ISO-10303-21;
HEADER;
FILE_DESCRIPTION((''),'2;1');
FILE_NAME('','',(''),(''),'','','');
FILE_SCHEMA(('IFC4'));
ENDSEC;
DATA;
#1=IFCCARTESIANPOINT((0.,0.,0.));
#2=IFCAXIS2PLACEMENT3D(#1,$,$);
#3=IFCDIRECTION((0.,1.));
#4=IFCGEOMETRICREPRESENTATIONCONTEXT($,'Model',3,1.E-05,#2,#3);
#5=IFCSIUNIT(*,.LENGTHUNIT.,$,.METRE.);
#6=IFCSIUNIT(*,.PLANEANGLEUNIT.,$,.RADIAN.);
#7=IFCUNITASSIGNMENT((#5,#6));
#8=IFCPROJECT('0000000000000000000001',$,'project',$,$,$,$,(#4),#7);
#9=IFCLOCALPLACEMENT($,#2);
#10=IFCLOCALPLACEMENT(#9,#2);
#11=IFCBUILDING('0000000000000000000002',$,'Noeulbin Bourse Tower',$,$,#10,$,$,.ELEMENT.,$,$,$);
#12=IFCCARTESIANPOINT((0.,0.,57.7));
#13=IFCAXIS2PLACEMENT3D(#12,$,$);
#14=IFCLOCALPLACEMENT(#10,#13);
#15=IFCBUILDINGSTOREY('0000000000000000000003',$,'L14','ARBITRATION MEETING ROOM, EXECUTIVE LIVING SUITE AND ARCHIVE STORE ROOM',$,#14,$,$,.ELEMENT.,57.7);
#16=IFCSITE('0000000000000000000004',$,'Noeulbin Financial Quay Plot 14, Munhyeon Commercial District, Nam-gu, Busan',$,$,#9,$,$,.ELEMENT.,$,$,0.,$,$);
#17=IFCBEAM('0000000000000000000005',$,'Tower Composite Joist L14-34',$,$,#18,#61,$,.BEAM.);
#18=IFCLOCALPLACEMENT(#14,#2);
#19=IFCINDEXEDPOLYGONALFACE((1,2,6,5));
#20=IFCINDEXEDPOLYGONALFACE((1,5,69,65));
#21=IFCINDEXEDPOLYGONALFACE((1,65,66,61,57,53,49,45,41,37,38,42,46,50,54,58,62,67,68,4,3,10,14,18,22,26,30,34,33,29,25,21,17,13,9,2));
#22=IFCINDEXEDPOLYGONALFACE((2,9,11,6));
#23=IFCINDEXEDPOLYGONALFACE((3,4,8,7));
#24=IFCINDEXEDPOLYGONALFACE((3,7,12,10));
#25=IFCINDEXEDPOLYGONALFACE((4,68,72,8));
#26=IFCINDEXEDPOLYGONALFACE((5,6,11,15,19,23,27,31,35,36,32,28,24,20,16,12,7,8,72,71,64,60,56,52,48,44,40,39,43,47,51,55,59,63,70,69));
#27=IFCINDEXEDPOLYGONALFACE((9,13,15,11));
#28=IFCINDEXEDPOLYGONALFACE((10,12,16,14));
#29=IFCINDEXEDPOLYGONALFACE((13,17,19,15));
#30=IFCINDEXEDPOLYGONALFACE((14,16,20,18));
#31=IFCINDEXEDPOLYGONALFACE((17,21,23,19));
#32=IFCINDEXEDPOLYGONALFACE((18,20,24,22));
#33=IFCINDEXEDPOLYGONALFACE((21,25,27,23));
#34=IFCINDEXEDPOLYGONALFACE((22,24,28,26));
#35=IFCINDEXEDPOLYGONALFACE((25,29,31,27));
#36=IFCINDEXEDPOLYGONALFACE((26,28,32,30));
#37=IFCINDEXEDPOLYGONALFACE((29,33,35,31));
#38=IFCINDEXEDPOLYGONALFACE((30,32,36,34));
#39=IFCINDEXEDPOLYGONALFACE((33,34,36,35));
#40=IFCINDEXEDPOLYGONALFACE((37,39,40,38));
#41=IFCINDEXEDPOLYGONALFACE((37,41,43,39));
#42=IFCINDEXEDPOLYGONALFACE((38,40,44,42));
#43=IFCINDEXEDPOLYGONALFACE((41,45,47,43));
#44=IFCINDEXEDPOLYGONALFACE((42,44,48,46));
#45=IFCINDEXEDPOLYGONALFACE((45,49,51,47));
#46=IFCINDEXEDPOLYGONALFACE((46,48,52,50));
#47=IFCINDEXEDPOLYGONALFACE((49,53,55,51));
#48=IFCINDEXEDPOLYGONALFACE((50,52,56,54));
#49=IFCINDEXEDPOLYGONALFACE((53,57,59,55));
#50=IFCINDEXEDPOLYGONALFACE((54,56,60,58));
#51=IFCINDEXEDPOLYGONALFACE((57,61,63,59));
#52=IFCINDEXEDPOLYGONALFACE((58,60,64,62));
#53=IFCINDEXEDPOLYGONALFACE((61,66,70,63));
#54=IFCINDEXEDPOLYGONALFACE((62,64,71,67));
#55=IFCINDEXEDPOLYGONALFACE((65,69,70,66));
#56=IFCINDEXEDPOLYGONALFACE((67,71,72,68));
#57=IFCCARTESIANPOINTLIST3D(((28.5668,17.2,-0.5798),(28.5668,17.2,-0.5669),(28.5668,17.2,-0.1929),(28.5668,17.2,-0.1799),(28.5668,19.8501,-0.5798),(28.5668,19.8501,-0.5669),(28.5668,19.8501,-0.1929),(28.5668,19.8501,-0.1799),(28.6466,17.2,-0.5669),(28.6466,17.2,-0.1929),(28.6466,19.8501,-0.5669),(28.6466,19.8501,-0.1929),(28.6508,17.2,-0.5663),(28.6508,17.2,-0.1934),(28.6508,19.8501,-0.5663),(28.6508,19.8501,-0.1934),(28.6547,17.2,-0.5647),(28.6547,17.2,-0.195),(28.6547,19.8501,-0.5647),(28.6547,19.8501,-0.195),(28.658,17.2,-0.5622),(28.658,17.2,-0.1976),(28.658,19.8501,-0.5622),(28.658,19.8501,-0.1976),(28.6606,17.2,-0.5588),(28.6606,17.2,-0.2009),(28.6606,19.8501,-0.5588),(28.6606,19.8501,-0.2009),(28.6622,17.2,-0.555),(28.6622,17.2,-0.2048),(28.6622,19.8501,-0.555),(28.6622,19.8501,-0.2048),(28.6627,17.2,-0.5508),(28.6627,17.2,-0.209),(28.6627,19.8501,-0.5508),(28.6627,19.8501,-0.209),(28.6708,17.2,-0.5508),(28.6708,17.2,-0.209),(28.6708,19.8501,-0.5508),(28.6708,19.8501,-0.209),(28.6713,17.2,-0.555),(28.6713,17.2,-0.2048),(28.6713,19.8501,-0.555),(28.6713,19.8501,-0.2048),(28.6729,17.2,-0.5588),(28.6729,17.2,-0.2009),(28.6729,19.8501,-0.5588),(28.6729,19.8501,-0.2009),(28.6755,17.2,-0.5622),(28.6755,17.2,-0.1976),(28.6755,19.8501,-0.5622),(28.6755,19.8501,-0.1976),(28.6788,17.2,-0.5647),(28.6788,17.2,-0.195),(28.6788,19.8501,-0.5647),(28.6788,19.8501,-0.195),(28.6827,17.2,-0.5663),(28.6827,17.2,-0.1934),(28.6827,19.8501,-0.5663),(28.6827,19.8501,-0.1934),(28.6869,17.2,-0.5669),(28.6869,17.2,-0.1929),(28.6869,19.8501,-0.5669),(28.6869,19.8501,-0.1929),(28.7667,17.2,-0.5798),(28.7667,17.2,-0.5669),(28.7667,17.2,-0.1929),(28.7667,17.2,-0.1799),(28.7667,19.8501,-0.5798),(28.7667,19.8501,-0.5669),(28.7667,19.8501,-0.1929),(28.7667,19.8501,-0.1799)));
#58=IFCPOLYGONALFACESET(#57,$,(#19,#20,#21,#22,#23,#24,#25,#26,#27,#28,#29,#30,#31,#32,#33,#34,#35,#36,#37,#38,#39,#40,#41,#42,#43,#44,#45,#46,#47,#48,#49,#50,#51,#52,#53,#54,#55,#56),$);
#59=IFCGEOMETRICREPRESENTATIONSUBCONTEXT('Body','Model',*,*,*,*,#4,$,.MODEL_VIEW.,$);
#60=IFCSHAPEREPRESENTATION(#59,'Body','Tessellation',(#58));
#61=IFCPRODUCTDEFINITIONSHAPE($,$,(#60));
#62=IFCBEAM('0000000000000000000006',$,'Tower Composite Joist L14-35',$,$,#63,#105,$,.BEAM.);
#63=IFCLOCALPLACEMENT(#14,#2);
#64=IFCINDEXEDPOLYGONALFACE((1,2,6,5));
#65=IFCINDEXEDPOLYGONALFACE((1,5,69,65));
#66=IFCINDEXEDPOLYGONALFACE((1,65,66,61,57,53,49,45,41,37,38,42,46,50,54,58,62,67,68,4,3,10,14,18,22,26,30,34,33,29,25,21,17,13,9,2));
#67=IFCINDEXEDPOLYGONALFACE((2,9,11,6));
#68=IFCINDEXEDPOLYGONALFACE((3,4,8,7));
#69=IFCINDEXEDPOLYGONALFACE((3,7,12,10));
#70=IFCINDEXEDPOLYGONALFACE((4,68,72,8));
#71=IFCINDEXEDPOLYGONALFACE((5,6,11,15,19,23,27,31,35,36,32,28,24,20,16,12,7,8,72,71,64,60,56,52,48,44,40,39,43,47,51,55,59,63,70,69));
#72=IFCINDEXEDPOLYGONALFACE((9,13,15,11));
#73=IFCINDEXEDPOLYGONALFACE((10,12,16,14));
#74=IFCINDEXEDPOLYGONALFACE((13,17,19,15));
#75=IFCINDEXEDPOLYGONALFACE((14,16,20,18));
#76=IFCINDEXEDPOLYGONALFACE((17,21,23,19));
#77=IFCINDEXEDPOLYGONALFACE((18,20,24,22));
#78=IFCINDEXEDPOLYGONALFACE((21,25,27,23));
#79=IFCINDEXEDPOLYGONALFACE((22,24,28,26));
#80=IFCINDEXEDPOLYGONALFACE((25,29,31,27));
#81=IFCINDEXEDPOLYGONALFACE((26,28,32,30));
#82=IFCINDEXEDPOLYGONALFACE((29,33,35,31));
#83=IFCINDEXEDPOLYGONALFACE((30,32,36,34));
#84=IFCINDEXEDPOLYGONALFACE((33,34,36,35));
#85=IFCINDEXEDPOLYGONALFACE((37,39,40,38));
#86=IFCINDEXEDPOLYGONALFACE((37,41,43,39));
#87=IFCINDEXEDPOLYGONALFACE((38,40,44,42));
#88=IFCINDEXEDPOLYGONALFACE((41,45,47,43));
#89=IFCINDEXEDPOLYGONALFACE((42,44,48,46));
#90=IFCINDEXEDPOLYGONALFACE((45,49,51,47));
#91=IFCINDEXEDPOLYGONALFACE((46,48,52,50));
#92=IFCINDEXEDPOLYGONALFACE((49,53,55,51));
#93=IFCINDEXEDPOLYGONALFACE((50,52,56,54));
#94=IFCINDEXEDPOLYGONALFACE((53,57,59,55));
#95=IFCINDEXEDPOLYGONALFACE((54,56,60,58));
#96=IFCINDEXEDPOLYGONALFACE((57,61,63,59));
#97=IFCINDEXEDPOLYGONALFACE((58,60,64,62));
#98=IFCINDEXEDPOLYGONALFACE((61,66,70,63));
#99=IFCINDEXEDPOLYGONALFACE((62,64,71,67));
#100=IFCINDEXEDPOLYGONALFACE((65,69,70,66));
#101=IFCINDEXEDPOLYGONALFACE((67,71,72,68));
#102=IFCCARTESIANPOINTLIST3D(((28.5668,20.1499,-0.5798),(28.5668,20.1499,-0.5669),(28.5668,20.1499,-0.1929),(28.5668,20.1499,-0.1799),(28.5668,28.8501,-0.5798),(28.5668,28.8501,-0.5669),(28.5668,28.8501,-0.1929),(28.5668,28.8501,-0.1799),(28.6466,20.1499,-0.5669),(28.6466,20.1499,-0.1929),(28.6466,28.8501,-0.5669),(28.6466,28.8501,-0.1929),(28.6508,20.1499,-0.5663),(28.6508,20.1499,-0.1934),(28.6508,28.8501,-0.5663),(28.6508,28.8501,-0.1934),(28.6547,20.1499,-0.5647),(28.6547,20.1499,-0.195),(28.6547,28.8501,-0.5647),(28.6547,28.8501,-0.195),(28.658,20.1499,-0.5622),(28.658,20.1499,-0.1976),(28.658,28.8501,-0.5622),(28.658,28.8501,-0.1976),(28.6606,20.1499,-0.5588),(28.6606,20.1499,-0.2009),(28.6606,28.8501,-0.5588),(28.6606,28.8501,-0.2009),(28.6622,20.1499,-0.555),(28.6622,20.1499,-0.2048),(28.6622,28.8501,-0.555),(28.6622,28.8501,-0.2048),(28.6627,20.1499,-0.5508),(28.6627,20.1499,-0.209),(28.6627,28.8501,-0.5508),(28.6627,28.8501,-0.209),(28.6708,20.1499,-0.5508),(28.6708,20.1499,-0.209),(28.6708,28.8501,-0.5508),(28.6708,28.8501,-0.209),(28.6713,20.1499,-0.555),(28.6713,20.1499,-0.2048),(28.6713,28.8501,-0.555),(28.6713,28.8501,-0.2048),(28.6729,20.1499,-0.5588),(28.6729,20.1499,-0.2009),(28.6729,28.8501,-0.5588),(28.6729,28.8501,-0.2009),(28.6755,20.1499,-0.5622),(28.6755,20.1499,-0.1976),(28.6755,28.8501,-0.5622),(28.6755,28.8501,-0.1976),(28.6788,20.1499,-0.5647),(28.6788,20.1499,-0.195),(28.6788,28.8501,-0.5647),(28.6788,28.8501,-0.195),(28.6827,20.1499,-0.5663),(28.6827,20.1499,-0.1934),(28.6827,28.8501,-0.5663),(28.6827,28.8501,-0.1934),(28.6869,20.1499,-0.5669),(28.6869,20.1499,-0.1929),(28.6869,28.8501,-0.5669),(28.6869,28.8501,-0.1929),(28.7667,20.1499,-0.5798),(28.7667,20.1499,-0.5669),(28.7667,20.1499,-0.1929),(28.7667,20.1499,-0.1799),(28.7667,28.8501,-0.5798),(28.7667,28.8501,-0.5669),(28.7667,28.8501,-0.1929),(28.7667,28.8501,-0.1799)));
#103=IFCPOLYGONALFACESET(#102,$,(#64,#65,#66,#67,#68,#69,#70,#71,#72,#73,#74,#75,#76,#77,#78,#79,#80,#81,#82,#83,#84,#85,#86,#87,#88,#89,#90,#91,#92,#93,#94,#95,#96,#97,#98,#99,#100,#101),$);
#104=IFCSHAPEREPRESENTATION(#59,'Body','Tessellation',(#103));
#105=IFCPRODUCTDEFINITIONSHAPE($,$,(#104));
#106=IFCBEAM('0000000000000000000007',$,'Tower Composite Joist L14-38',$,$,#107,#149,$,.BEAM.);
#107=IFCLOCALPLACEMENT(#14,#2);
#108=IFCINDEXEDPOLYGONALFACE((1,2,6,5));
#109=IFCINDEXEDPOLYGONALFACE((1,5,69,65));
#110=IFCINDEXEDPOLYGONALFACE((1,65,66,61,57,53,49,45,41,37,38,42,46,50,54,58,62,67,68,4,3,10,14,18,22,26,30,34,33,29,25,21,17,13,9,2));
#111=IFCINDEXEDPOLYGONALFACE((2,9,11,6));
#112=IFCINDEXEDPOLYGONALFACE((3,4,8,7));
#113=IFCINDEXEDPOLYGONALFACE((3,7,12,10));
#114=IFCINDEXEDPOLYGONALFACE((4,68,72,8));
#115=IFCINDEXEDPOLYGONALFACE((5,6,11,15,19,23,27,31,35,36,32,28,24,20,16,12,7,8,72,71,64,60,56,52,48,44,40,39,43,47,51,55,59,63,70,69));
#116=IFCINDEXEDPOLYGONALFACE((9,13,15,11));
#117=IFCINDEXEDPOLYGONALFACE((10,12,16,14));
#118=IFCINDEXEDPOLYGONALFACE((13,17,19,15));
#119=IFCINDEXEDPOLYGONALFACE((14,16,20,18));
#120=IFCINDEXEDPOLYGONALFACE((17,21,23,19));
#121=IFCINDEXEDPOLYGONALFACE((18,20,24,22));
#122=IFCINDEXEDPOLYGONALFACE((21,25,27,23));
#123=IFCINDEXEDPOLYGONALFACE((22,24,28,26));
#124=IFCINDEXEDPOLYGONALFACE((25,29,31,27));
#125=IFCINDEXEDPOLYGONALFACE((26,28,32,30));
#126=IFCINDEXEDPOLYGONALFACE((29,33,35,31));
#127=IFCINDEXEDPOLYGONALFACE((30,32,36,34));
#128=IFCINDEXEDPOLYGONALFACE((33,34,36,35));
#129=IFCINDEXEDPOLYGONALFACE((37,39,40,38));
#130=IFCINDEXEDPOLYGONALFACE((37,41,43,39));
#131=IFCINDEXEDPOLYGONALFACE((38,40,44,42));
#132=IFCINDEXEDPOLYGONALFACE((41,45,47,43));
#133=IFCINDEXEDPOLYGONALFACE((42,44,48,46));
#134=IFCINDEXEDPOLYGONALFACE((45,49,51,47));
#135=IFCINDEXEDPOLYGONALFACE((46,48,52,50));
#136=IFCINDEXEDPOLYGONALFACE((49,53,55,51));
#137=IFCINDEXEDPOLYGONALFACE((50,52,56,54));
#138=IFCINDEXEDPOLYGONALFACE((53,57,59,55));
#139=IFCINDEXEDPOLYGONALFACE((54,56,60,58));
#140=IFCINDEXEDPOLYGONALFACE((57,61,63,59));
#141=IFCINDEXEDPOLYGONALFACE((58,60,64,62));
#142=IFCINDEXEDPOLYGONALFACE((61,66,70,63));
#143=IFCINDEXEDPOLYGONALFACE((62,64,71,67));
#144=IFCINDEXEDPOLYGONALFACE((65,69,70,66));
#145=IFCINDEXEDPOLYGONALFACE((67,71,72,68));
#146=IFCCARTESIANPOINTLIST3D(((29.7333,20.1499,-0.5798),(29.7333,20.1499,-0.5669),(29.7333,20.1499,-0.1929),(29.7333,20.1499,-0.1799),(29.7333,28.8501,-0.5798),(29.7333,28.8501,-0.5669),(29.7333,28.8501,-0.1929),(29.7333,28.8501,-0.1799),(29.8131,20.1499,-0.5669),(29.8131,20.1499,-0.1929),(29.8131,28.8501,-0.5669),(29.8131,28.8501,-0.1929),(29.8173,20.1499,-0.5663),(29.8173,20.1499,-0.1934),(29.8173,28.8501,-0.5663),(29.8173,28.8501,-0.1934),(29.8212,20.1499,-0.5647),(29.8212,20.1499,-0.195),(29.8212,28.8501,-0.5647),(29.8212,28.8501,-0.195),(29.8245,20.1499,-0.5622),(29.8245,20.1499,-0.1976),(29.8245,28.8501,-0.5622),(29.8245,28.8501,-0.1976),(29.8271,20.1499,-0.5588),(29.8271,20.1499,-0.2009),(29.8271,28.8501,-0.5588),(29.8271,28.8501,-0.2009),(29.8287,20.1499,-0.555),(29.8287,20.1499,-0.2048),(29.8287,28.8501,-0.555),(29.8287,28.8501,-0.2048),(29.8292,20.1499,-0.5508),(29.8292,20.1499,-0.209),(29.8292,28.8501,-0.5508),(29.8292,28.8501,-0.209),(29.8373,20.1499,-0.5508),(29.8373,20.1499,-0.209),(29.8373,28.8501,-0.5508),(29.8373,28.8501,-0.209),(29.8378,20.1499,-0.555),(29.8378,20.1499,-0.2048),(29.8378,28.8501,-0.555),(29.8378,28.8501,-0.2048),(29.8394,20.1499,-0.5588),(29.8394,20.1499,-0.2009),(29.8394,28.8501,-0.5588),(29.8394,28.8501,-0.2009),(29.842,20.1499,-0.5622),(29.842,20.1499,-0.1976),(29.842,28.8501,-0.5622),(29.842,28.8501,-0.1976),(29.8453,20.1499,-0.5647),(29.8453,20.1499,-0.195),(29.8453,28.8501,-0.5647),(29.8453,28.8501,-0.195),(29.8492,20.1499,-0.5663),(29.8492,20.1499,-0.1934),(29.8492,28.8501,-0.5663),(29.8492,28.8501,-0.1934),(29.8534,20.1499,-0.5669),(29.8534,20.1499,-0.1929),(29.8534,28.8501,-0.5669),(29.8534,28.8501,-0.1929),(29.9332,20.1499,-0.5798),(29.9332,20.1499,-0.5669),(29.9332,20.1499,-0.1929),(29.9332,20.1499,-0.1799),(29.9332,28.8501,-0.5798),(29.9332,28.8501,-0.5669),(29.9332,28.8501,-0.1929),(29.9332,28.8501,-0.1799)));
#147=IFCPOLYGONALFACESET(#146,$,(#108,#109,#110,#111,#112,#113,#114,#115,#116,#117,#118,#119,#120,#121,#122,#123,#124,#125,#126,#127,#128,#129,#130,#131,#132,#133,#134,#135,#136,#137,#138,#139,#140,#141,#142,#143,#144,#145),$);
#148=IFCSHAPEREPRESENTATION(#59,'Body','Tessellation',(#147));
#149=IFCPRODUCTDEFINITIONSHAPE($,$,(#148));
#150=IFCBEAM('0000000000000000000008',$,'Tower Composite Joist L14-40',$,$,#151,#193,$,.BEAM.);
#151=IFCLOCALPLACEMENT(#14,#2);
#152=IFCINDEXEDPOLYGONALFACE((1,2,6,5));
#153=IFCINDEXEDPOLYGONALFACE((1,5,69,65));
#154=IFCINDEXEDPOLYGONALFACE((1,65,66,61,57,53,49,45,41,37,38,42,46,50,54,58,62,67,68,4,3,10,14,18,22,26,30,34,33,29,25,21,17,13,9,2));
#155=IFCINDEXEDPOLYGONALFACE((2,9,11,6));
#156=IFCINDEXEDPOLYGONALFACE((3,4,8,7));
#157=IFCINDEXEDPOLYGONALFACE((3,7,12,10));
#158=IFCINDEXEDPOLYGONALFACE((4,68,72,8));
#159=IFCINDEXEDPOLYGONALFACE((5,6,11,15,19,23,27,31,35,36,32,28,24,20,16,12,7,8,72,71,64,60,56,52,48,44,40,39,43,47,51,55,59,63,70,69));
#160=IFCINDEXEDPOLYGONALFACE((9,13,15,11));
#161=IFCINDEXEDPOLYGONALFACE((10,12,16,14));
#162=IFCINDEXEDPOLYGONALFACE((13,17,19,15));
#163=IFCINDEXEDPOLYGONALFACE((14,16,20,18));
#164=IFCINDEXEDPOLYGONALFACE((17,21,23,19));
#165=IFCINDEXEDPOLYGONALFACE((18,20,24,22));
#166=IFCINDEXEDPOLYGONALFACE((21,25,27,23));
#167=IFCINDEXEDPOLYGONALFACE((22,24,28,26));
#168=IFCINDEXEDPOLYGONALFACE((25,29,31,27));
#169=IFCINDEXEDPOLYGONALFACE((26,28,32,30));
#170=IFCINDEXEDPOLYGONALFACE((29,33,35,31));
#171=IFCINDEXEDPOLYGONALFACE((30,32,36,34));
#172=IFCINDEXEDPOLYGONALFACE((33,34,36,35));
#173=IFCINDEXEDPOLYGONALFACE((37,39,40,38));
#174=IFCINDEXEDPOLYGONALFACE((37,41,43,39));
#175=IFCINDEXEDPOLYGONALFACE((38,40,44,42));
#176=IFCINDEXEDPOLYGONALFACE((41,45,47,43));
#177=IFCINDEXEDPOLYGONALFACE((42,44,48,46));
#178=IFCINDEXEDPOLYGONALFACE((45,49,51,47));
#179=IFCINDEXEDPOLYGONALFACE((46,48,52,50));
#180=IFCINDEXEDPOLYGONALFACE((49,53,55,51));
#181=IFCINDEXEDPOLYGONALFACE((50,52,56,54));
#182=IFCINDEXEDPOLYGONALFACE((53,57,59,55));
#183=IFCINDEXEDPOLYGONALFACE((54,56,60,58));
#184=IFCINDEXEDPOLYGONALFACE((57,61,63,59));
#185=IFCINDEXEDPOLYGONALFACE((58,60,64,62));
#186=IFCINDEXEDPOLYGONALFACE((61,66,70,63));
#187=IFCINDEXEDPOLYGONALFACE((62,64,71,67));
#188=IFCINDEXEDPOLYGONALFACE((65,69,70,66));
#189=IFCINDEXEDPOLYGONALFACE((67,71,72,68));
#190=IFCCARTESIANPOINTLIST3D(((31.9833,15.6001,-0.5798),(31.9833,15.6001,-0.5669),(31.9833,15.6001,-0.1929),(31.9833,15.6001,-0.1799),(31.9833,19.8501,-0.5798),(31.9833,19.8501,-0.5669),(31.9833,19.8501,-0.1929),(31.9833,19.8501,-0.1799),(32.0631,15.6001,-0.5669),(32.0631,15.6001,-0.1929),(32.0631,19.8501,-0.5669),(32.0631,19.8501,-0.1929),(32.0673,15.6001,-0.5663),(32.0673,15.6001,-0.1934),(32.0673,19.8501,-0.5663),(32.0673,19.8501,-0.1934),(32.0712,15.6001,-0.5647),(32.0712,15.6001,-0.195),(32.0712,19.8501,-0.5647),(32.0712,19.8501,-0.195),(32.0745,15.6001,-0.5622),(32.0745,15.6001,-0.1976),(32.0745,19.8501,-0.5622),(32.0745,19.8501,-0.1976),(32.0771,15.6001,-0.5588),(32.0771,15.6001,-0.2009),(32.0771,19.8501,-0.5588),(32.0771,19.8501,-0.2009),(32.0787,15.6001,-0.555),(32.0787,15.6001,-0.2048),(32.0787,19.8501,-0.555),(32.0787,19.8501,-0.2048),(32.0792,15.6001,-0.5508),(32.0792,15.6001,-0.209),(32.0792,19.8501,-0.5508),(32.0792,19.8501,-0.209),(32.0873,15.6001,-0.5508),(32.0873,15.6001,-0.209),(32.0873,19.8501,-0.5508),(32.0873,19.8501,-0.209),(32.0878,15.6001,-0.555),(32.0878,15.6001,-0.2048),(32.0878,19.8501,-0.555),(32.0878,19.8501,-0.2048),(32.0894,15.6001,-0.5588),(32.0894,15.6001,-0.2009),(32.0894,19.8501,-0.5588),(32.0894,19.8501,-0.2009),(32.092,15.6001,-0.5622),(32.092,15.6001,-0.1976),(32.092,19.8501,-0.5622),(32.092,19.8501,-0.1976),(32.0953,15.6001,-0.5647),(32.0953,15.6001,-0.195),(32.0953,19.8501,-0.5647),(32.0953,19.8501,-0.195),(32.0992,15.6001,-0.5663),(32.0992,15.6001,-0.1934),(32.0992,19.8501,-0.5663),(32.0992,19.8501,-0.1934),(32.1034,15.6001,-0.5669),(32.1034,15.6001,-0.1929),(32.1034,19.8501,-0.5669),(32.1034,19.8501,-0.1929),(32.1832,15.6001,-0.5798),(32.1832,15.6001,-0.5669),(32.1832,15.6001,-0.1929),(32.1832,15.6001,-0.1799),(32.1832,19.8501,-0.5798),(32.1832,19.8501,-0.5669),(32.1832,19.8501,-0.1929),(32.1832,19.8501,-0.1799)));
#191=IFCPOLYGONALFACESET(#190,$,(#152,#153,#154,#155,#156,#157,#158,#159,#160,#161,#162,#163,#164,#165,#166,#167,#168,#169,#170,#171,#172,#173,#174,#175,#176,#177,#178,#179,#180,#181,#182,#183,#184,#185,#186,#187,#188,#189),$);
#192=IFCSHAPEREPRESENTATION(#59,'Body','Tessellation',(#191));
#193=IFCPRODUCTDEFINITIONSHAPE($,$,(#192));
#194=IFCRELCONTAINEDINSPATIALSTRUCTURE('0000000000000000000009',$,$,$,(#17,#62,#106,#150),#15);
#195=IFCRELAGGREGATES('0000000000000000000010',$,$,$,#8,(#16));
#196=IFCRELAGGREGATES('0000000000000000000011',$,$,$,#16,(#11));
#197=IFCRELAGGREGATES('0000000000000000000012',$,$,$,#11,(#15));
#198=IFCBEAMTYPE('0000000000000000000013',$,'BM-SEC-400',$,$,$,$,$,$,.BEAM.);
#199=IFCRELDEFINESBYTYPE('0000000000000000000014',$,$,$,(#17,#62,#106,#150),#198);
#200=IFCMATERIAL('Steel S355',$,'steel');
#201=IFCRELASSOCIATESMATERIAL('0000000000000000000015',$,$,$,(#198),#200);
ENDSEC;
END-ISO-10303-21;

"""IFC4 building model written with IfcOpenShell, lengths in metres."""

from ifc_helpers import new_model, si_unit, direction, frame, origin, origin_2d, place, context, subcontext, project, spatial, i_section, extrude, material, material_profile, profile_set, type_object, element, save


model = new_model("IFC4")

# Units and contexts
model_context = context("Model", 3, precision=1e-05, world=origin(), true_north=direction((0.0, 1.0)))
body_context = subcontext(model_context, "Body", "Model", "MODEL_VIEW")
ifc_project = project(units=[si_unit("LENGTHUNIT", "METRE"), si_unit("PLANEANGLEUNIT", "RADIAN")], contexts=[model_context])

# Site, building, storey
site_placement = place(None, origin())
site = spatial("IfcSite", under=ifc_project, at=site_placement, Name="Noeulbin Financial Quay Plot 14, Munhyeon Commercial District, Nam-gu, Busan", CompositionType="ELEMENT", RefElevation=0.0)
building_placement = place(site_placement, origin())
building = spatial("IfcBuilding", under=site, at=building_placement, Name="Noeulbin Bourse Tower", CompositionType="ELEMENT")
storey_placement = place(building_placement, frame((0.0, 0.0, 57.7)))
storey = spatial("IfcBuildingStorey", under=building, at=storey_placement, Name="L14", Description="ARBITRATION MEETING ROOM, EXECUTIVE LIVING SUITE AND ARCHIVE STORE ROOM", CompositionType="ELEMENT", Elevation=57.7)

# Beams
ifc_material_1 = material(Name="Steel S355", Category="steel")
ifc_material_profile_1 = material_profile(ifc_material_1, i_section(OverallWidth=0.2, OverallDepth=0.3999, WebThickness=0.0081, FlangeThickness=0.0129, FilletRadius=0.0161, at=origin_2d()), Name="H-400x200x8x13", Category="LoadBearing")
ifc_profile_set_1 = profile_set([ifc_material_profile_1], Name="Steel S355")
beam_type_1 = type_object("IfcBeamType", Name="BM-SEC-400", PredefinedType="BEAM", material=ifc_profile_set_1)
beam_1_placement = place(storey_placement, frame((28.6667, 17.2, -0.3799), z_axis=(0.0, 1.0, 0.0), x_axis=(-1.0, 0.0, 0.0)))
element("IfcBeam", 1, at=beam_1_placement, inside=storey, type_object=beam_type_1, Name="Tower Composite Joist L14-34", PredefinedType="BEAM", context=body_context, shape_type="SweptSolid", body=[
    extrude(i_section(OverallWidth=0.2, OverallDepth=0.3999, WebThickness=0.0081, FlangeThickness=0.0129, FilletRadius=0.0161, at=origin_2d()), origin(), (0.0, 0.0, 1.0), 2.6501),
])
for number, where, z_axis, x_axis, name in (
    (2, (28.6667, 20.1499, -0.3799), (0.0, 1.0, 0.0), (-1.0, 0.0, 0.0), "Tower Composite Joist L14-35"),
    (3, (29.8333, 20.1499, -0.3799), (0.0, 1.0, 0.0), (-1.0, 0.0, 0.0), "Tower Composite Joist L14-38"),
):
    element("IfcBeam", number, at=place(storey_placement, frame(where, z_axis=z_axis, x_axis=x_axis)), inside=storey, type_object=beam_type_1, Name=name, PredefinedType="BEAM", context=body_context, shape_type="SweptSolid", body=[
        extrude(i_section(OverallWidth=0.2, OverallDepth=0.3999, WebThickness=0.0081, FlangeThickness=0.0129, FilletRadius=0.0161, at=origin_2d()), origin(), (0.0, 0.0, 1.0), 8.7002),
    ])
beam_2_placement = place(storey_placement, frame((32.0833, 15.6001, -0.3799), z_axis=(0.0, 1.0, 0.0), x_axis=(-1.0, 0.0, 0.0)))
element("IfcBeam", 4, at=beam_2_placement, inside=storey, type_object=beam_type_1, Name="Tower Composite Joist L14-40", PredefinedType="BEAM", context=body_context, shape_type="SweptSolid", body=[
    extrude(i_section(OverallWidth=0.2, OverallDepth=0.3999, WebThickness=0.0081, FlangeThickness=0.0129, FilletRadius=0.0161, at=origin_2d()), origin(), (0.0, 0.0, 1.0), 4.25),
])

save(model, "model.ifc")
